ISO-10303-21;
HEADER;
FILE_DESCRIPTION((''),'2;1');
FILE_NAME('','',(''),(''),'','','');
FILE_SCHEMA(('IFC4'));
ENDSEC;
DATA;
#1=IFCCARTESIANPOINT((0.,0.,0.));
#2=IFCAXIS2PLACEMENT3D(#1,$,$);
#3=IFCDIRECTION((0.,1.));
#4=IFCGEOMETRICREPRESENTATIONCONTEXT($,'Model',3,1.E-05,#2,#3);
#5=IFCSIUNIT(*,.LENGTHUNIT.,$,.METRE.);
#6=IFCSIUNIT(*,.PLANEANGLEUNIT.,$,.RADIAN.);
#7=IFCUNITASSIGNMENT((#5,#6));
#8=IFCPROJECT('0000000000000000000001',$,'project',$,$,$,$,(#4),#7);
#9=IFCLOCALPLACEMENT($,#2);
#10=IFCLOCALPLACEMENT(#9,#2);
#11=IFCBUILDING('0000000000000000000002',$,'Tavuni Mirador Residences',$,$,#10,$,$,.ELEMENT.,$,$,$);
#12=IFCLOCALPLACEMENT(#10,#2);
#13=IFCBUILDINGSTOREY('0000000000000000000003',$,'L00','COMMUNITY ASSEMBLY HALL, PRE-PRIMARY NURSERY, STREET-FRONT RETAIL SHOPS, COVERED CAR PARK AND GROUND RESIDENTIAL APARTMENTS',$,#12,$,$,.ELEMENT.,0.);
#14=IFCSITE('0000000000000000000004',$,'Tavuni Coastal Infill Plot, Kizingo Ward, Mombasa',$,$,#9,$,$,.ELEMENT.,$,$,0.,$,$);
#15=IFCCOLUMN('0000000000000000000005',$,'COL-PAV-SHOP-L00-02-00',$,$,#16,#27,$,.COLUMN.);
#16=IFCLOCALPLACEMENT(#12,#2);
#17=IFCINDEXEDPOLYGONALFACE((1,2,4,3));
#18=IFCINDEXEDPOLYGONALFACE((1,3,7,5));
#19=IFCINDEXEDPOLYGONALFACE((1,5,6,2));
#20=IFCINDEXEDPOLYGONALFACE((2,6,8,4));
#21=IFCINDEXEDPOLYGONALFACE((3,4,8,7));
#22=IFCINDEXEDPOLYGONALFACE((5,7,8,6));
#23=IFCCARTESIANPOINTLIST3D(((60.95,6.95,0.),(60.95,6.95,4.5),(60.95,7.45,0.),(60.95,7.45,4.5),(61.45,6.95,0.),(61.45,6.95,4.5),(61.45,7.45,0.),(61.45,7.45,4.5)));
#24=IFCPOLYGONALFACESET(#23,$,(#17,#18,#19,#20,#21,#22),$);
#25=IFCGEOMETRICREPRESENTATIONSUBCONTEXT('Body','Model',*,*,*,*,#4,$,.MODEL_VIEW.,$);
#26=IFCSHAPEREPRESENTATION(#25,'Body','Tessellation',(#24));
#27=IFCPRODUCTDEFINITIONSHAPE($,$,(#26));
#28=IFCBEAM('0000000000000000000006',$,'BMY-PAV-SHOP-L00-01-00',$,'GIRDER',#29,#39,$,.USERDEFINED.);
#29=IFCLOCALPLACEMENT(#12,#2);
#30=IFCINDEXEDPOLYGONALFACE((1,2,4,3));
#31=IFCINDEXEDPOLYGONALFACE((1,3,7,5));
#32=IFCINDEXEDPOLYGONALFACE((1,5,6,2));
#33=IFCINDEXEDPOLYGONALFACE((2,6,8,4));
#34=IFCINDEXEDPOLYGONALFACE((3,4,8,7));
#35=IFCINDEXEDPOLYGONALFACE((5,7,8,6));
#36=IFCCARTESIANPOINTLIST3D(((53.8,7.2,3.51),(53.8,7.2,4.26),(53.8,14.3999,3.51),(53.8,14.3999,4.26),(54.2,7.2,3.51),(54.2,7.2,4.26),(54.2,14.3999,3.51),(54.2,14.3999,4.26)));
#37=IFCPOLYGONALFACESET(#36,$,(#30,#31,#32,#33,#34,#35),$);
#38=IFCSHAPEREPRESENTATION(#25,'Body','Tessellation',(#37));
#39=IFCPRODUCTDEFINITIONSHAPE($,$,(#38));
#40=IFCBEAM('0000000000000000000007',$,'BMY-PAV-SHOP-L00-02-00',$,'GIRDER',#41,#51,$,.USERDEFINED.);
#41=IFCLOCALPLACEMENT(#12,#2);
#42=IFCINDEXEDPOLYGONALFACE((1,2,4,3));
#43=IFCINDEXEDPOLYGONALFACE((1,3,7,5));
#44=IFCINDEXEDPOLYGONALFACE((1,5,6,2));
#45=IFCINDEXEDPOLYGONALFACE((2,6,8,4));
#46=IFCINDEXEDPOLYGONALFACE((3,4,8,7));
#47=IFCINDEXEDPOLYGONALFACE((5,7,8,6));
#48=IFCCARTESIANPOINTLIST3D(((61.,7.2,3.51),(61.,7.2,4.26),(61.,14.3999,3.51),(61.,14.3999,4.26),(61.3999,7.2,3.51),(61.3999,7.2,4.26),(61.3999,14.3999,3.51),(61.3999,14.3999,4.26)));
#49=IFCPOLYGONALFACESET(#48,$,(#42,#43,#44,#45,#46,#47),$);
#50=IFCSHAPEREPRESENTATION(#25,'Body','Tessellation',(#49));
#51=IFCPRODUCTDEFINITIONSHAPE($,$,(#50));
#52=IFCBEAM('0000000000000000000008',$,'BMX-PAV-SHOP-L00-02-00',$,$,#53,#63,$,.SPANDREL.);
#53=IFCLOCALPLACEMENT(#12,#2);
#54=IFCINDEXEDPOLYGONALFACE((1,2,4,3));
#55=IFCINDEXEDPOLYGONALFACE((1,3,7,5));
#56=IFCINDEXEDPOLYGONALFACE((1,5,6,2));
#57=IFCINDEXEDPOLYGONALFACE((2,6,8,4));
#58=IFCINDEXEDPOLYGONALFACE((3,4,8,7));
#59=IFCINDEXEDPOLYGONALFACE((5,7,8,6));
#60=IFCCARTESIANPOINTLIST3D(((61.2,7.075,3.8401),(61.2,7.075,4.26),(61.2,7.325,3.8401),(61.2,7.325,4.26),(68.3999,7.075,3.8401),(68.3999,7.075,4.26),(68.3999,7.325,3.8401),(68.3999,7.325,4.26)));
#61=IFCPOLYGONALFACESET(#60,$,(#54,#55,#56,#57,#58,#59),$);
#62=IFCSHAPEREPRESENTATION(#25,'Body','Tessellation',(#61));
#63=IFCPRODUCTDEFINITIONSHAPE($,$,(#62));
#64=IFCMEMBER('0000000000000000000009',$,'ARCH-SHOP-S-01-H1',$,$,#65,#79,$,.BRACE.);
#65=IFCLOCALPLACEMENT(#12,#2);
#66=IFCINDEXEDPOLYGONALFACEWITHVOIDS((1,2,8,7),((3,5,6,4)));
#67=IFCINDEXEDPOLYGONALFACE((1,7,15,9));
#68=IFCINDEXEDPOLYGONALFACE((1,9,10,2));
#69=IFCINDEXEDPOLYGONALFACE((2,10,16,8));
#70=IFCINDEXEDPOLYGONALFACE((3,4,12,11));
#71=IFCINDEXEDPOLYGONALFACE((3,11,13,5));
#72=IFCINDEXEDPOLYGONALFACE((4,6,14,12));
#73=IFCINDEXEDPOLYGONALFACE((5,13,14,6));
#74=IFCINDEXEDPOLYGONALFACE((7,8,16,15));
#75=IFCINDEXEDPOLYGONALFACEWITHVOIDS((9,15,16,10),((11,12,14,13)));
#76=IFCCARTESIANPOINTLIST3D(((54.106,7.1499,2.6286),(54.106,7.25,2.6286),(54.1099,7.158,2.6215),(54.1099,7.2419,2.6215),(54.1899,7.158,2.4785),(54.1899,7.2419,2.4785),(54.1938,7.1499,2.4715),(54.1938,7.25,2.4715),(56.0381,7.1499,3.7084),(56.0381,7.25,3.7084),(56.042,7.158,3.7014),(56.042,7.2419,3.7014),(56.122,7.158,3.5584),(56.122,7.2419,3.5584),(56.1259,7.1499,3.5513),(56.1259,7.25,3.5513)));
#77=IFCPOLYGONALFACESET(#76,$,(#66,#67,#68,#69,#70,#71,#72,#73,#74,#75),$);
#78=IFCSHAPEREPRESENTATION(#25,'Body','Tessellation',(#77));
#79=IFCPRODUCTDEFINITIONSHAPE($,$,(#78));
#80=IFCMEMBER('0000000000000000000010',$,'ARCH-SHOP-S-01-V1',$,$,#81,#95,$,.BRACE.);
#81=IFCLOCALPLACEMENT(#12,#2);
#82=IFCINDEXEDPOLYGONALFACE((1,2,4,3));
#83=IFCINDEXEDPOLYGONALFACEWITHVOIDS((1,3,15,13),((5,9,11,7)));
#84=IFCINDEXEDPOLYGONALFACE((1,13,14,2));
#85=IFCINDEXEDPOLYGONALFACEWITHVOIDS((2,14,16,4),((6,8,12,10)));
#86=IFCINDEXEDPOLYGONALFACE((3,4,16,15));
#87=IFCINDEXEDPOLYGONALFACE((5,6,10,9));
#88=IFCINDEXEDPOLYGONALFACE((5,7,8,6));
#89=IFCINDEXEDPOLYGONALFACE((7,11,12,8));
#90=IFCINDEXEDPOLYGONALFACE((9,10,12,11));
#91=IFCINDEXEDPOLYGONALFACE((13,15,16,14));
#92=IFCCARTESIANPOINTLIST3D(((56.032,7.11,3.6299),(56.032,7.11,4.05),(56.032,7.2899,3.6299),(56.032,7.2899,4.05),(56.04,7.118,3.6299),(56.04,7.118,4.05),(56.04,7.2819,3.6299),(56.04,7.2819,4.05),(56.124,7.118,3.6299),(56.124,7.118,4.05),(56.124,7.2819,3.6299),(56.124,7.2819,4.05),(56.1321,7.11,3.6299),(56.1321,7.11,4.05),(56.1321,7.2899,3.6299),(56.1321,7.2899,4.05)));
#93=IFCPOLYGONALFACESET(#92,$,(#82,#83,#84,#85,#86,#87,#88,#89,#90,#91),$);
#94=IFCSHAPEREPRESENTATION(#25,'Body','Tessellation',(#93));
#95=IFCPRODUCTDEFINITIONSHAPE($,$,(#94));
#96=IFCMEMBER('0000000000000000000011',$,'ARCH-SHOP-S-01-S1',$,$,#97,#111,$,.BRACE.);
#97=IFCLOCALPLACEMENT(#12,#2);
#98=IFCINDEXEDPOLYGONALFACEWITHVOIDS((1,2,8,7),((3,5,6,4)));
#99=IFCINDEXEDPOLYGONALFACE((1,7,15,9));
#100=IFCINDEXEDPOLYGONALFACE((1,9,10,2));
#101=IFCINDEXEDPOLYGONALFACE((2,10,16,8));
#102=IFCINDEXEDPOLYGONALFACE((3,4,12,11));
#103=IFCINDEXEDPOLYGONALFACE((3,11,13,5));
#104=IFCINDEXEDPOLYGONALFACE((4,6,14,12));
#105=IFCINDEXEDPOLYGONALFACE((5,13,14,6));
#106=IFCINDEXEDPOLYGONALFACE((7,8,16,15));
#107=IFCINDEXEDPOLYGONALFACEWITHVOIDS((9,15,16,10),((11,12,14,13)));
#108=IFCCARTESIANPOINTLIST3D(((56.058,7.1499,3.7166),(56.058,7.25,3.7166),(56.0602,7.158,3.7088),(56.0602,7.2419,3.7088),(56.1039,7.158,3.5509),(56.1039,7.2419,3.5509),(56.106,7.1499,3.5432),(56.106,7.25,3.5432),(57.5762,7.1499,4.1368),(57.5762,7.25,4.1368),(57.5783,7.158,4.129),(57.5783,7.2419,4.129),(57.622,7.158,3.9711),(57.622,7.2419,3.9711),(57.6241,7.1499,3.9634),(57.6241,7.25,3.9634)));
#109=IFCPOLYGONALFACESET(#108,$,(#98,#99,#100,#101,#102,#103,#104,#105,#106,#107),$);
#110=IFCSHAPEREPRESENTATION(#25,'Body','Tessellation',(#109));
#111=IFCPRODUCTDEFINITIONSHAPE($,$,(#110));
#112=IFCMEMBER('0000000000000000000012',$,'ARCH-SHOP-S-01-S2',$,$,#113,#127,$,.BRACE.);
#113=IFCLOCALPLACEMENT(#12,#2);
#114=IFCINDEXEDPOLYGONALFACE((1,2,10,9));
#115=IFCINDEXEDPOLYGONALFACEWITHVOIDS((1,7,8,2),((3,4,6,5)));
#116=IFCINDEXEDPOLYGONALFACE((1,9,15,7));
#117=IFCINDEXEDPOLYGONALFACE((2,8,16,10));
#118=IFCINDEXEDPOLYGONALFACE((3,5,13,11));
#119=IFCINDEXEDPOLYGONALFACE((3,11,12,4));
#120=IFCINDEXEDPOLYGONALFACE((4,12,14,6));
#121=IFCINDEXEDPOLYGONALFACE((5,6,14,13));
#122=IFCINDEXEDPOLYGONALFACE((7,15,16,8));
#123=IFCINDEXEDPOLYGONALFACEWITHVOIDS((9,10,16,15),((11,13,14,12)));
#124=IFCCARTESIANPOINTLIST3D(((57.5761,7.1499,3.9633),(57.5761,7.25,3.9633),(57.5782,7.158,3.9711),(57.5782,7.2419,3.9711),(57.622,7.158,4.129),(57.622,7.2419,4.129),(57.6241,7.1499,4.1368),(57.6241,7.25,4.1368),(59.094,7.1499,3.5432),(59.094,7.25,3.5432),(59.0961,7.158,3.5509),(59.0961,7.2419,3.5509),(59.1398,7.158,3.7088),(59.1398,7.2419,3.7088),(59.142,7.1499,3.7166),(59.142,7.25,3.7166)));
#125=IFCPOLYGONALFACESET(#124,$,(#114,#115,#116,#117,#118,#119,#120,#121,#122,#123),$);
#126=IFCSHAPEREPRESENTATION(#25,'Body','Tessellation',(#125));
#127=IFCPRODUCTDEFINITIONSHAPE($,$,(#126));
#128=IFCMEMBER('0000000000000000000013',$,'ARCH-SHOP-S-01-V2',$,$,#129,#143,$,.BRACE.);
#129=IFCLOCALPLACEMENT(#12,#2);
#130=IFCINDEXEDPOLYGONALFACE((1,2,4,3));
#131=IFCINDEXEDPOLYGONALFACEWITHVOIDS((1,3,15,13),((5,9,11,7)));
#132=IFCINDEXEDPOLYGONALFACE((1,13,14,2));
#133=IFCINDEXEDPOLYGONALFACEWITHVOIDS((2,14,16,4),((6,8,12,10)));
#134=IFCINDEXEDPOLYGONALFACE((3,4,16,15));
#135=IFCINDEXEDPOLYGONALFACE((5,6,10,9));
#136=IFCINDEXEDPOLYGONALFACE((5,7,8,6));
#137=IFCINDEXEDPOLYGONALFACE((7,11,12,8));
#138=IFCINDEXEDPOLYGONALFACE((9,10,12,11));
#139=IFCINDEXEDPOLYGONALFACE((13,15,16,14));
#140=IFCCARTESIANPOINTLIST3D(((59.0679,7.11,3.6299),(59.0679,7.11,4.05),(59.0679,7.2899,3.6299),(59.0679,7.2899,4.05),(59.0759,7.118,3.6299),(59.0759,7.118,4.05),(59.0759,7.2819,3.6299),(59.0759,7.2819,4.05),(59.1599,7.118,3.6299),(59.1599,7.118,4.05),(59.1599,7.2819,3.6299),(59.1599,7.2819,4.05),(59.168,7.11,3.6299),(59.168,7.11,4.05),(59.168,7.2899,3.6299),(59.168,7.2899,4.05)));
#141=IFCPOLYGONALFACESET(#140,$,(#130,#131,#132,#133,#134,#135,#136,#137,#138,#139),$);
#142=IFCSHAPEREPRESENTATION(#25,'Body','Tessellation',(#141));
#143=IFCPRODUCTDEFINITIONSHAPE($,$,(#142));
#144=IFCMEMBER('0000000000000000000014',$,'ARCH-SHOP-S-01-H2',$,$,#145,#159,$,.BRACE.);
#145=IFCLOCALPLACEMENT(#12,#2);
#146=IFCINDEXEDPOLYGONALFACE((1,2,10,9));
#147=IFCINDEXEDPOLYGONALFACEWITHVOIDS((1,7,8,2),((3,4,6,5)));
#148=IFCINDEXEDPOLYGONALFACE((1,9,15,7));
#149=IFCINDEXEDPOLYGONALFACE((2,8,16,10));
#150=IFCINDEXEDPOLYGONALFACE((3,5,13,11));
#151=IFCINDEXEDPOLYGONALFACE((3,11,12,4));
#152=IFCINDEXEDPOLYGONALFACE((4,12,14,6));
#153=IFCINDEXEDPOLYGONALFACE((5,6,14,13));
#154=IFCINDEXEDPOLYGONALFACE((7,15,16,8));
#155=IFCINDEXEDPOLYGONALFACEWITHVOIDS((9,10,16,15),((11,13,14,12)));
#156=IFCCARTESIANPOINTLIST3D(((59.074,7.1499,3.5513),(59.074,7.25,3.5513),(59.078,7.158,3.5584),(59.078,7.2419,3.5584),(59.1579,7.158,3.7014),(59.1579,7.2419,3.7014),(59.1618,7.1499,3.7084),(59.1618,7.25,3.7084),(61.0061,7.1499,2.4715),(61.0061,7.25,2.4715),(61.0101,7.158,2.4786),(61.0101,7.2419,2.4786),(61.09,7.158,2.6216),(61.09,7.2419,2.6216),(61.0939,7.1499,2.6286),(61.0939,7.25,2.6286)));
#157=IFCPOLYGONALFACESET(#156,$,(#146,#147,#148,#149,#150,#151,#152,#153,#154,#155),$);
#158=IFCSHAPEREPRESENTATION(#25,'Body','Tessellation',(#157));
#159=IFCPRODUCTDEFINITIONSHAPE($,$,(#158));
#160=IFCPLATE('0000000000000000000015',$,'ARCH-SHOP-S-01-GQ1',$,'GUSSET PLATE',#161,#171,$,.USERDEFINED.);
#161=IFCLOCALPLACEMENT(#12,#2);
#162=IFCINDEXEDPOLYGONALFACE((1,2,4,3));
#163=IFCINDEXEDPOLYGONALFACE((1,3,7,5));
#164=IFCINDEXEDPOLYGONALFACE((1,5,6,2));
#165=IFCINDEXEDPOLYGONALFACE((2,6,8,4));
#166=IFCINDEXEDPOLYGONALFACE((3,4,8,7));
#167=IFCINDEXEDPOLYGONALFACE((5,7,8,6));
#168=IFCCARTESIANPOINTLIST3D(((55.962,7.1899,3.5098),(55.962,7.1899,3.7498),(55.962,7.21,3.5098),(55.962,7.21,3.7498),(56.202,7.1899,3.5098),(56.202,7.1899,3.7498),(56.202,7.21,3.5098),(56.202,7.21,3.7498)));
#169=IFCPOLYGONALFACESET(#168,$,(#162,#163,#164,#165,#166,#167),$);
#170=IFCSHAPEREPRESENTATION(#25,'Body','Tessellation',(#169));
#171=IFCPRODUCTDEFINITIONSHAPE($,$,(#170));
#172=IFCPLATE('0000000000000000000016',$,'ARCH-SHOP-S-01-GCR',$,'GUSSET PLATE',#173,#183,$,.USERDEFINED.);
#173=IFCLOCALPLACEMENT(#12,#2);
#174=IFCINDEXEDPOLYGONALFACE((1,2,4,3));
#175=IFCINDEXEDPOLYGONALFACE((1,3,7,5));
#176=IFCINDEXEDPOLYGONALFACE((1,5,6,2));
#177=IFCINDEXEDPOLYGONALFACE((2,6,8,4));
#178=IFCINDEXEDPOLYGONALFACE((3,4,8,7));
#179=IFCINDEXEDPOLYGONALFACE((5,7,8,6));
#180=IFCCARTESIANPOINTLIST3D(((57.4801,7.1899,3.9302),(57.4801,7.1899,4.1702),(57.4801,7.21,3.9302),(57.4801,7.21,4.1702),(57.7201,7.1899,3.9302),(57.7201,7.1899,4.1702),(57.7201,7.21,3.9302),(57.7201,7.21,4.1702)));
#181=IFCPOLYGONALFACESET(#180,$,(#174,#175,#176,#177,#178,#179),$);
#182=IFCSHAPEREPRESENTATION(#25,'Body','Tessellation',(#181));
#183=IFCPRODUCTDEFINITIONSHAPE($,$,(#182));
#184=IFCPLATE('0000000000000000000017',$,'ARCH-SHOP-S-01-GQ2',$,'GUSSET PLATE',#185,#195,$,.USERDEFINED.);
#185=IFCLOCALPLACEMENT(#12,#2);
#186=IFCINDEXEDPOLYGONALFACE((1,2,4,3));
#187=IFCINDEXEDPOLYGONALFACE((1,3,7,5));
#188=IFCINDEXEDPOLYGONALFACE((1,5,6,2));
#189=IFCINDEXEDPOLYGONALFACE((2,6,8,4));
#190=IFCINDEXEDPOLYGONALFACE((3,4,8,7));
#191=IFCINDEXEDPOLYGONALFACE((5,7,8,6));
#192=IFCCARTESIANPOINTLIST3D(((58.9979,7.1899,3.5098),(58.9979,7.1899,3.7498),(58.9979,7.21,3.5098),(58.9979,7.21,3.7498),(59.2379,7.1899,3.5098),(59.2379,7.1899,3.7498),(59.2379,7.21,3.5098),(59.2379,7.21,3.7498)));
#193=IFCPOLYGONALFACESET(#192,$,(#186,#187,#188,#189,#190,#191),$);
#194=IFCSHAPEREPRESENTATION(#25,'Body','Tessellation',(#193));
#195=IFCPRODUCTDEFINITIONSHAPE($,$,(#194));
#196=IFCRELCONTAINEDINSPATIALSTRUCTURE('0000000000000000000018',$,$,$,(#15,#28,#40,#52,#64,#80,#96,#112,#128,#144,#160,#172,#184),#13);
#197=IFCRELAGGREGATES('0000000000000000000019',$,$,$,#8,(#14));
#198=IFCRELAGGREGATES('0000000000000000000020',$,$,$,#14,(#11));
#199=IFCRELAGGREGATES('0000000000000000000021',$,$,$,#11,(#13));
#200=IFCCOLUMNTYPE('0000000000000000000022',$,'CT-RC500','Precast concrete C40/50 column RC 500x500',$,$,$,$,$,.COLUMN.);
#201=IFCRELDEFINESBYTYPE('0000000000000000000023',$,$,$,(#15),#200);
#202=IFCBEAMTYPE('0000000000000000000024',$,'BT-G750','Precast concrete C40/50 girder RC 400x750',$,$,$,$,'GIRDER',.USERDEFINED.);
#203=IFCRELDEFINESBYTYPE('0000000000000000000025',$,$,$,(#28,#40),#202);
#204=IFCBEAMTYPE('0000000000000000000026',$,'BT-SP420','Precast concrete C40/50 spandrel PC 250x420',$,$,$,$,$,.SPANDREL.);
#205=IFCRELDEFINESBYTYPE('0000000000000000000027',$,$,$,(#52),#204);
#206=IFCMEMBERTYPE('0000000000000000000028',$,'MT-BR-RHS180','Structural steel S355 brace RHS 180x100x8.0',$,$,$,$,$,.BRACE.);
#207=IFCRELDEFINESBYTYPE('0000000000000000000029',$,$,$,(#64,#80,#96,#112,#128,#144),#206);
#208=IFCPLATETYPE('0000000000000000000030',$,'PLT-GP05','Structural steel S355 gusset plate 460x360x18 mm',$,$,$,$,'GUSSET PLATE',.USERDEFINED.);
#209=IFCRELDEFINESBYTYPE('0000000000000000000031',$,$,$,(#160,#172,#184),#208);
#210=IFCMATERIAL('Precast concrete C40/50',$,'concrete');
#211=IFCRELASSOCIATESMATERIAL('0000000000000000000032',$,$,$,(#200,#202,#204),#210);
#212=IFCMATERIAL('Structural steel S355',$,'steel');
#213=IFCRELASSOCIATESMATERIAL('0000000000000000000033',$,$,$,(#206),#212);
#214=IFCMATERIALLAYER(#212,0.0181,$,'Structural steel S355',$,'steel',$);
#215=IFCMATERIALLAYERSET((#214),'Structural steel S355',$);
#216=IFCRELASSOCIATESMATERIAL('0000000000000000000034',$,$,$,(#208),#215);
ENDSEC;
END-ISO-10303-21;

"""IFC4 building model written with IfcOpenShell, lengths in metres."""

from ifc_helpers import new_model, si_unit, direction, frame, origin, origin_2d, place, context, subcontext, project, spatial, rectangle, hollow_rectangle, extrude, material, layer, layer_set, material_profile, profile_set, type_object, element, save


model = new_model("IFC4")

# Units and contexts
model_context = context("Model", 3, precision=1e-05, world=origin(), true_north=direction((0.0, 1.0)))
body_context = subcontext(model_context, "Body", "Model", "MODEL_VIEW")
ifc_project = project(units=[si_unit("LENGTHUNIT", "METRE"), si_unit("PLANEANGLEUNIT", "RADIAN")], contexts=[model_context])

# Site, building, storey
site_placement = place(None, origin())
site = spatial("IfcSite", under=ifc_project, at=site_placement, Name="Tavuni Coastal Infill Plot, Kizingo Ward, Mombasa", CompositionType="ELEMENT", RefElevation=0.0)
building_placement = place(site_placement, origin())
building = spatial("IfcBuilding", under=site, at=building_placement, Name="Tavuni Mirador Residences", CompositionType="ELEMENT")
storey_placement = place(building_placement, origin())
storey = spatial("IfcBuildingStorey", under=building, at=storey_placement, Name="L00", Description="COMMUNITY ASSEMBLY HALL, PRE-PRIMARY NURSERY, STREET-FRONT RETAIL SHOPS, COVERED CAR PARK AND GROUND RESIDENTIAL APARTMENTS", CompositionType="ELEMENT", Elevation=0.0)

# Column
ifc_material_1 = material(Name="Precast concrete C40/50", Category="concrete")
ifc_material_profile_1 = material_profile(ifc_material_1, rectangle(XDim=0.5, YDim=0.5, at=origin_2d()), Name="RC 500x500", Category="concrete")
ifc_profile_set_1 = profile_set([ifc_material_profile_1], Name="Precast concrete C40/50")
column_type = type_object("IfcColumnType", Name="CT-RC500", Description="Precast concrete C40/50 column RC 500x500", PredefinedType="COLUMN", material=ifc_profile_set_1)
column_placement = place(storey_placement, frame((61.2, 7.2, 0.0), z_axis=(0.0, 0.0, 1.0), x_axis=(1.0, 0.0, 0.0)))
element("IfcColumn", 1, at=column_placement, inside=storey, type_object=column_type, Name="COL-PAV-SHOP-L00-02-00", PredefinedType="COLUMN", context=body_context, shape_type="SweptSolid", body=[
    extrude(rectangle(XDim=0.5, YDim=0.5, at=origin_2d()), origin(), (0.0, 0.0, 1.0), 4.5),
])

# Beams
ifc_material_profile_2 = material_profile(ifc_material_1, rectangle(XDim=0.3999, YDim=0.75, at=origin_2d()), Name="RC 400x750", Category="concrete")
ifc_profile_set_2 = profile_set([ifc_material_profile_2], Name="Precast concrete C40/50")
beam_type_1 = type_object("IfcBeamType", Name="BT-G750", Description="Precast concrete C40/50 girder RC 400x750", ElementType="GIRDER", PredefinedType="USERDEFINED", material=ifc_profile_set_2)
for number, where, z_axis, x_axis, name in (
    (2, (54.0, 7.2, 3.885), (0.0, 1.0, 0.0), (-1.0, 0.0, 0.0), "BMY-PAV-SHOP-L00-01-00"),
    (3, (61.2, 7.2, 3.885), (0.0, 1.0, 0.0), (-1.0, 0.0, 0.0), "BMY-PAV-SHOP-L00-02-00"),
):
    element("IfcBeam", number, at=place(storey_placement, frame(where, z_axis=z_axis, x_axis=x_axis)), inside=storey, type_object=beam_type_1, Name=name, ObjectType="GIRDER", PredefinedType="USERDEFINED", context=body_context, shape_type="SweptSolid", body=[
        extrude(rectangle(XDim=0.3999, YDim=0.75, at=origin_2d()), origin(), (0.0, 0.0, 1.0), 7.2),
    ])
ifc_material_profile_3 = material_profile(ifc_material_1, rectangle(XDim=0.25, YDim=0.4199, at=origin_2d()), Name="PC 250x420", Category="concrete")
ifc_profile_set_3 = profile_set([ifc_material_profile_3], Name="Precast concrete C40/50")
beam_type_2 = type_object("IfcBeamType", Name="BT-SP420", Description="Precast concrete C40/50 spandrel PC 250x420", PredefinedType="SPANDREL", material=ifc_profile_set_3)
beam_placement = place(storey_placement, frame((61.2, 7.2, 4.05), z_axis=(1.0, 0.0, 0.0), x_axis=(0.0, 1.0, 0.0)))
element("IfcBeam", 4, at=beam_placement, inside=storey, type_object=beam_type_2, Name="BMX-PAV-SHOP-L00-02-00", PredefinedType="SPANDREL", context=body_context, shape_type="SweptSolid", body=[
    extrude(rectangle(XDim=0.25, YDim=0.4199, at=origin_2d()), origin(), (0.0, 0.0, 1.0), 7.2),
])

# Members
ifc_material_2 = material(Name="Structural steel S355", Category="steel")
ifc_material_profile_4 = material_profile(ifc_material_2, hollow_rectangle(XDim=0.1001, YDim=0.1799, WallThickness=0.0081, at=origin_2d()), Name="RHS 180x100x8.0", Category="steel")
ifc_profile_set_4 = profile_set([ifc_material_profile_4], Name="Structural steel S355")
member_type = type_object("IfcMemberType", Name="MT-BR-RHS180", Description="Structural steel S355 brace RHS 180x100x8.0", PredefinedType="BRACE", material=ifc_profile_set_4)
member_1_placement = place(storey_placement, frame((54.1499, 7.2, 2.55), z_axis=(0.872921, 0.0, 0.487861), x_axis=(0.0, 1.0, 0.0)))
element("IfcMember", 5, at=member_1_placement, inside=storey, type_object=member_type, Name="ARCH-SHOP-S-01-H1", PredefinedType="BRACE", context=body_context, shape_type="SweptSolid", body=[
    extrude(hollow_rectangle(XDim=0.1001, YDim=0.1799, WallThickness=0.0081, at=origin_2d()), origin(), (0.0, 0.0, 1.0), 2.2134),
])
member_2_placement = place(storey_placement, frame((56.082, 7.2, 3.6299), z_axis=(0.0, 0.0, 1.0), x_axis=(1.0, 0.0, 0.0)))
element("IfcMember", 6, at=member_2_placement, inside=storey, type_object=member_type, Name="ARCH-SHOP-S-01-V1", PredefinedType="BRACE", context=body_context, shape_type="SweptSolid", body=[
    extrude(hollow_rectangle(XDim=0.1001, YDim=0.1799, WallThickness=0.0081, at=origin_2d()), origin(), (0.0, 0.0, 1.0), 0.4202),
])
member_3_placement = place(storey_placement, frame((56.082, 7.2, 3.6299), z_axis=(0.963766, 0.0, 0.266748), x_axis=(0.0, 1.0, 0.0)))
element("IfcMember", 7, at=member_3_placement, inside=storey, type_object=member_type, Name="ARCH-SHOP-S-01-S1", PredefinedType="BRACE", context=body_context, shape_type="SweptSolid", body=[
    extrude(hollow_rectangle(XDim=0.1001, YDim=0.1799, WallThickness=0.0081, at=origin_2d()), origin(), (0.0, 0.0, 1.0), 1.5752),
])
member_4_placement = place(storey_placement, frame((57.6001, 7.2, 4.05), z_axis=(0.963755, 0.0, -0.266788), x_axis=(0.0, 1.0, 0.0)))
element("IfcMember", 8, at=member_4_placement, inside=storey, type_object=member_type, Name="ARCH-SHOP-S-01-S2", PredefinedType="BRACE", context=body_context, shape_type="SweptSolid", body=[
    extrude(hollow_rectangle(XDim=0.1001, YDim=0.1799, WallThickness=0.0081, at=origin_2d()), origin(), (0.0, 0.0, 1.0), 1.575),
])
member_5_placement = place(storey_placement, frame((59.1179, 7.2, 3.6299), z_axis=(0.0, 0.0, 1.0), x_axis=(1.0, 0.0, 0.0)))
element("IfcMember", 9, at=member_5_placement, inside=storey, type_object=member_type, Name="ARCH-SHOP-S-01-V2", PredefinedType="BRACE", context=body_context, shape_type="SweptSolid", body=[
    extrude(hollow_rectangle(XDim=0.1001, YDim=0.1799, WallThickness=0.0081, at=origin_2d()), origin(), (0.0, 0.0, 1.0), 0.4202),
])
member_6_placement = place(storey_placement, frame((59.1179, 7.2, 3.6299), z_axis=(0.872921, 0.0, -0.487861), x_axis=(0.0, 1.0, 0.0)))
element("IfcMember", 10, at=member_6_placement, inside=storey, type_object=member_type, Name="ARCH-SHOP-S-01-H2", PredefinedType="BRACE", context=body_context, shape_type="SweptSolid", body=[
    extrude(hollow_rectangle(XDim=0.1001, YDim=0.1799, WallThickness=0.0081, at=origin_2d()), origin(), (0.0, 0.0, 1.0), 2.2134),
])

# Plates
ifc_layer_1 = layer(ifc_material_2, 0.0181, Name="Structural steel S355", Category="steel")
ifc_layer_set_1 = layer_set([ifc_layer_1], Name="Structural steel S355")
plate_type = type_object("IfcPlateType", Name="PLT-GP05", Description="Structural steel S355 gusset plate 460x360x18 mm", ElementType="GUSSET PLATE", PredefinedType="USERDEFINED", material=ifc_layer_set_1)
for number, where, z_axis, x_axis, name in (
    (11, (56.082, 7.2, 3.5098), (0.0, 0.0, 1.0), (1.0, 0.0, 0.0), "ARCH-SHOP-S-01-GQ1"),
    (12, (57.6001, 7.2, 3.9302), (0.0, 0.0, 1.0), (1.0, 0.0, 0.0), "ARCH-SHOP-S-01-GCR"),
    (13, (59.1179, 7.2, 3.5098), (0.0, 0.0, 1.0), (1.0, 0.0, 0.0), "ARCH-SHOP-S-01-GQ2"),
):
    element("IfcPlate", number, at=place(storey_placement, frame(where, z_axis=z_axis, x_axis=x_axis)), inside=storey, type_object=plate_type, Name=name, ObjectType="GUSSET PLATE", PredefinedType="USERDEFINED", context=body_context, shape_type="SweptSolid", body=[
        extrude(rectangle(XDim=0.24, YDim=0.02, at=origin_2d()), origin(), (0.0, 0.0, 1.0), 0.24),
    ])

save(model, "model.ifc")
